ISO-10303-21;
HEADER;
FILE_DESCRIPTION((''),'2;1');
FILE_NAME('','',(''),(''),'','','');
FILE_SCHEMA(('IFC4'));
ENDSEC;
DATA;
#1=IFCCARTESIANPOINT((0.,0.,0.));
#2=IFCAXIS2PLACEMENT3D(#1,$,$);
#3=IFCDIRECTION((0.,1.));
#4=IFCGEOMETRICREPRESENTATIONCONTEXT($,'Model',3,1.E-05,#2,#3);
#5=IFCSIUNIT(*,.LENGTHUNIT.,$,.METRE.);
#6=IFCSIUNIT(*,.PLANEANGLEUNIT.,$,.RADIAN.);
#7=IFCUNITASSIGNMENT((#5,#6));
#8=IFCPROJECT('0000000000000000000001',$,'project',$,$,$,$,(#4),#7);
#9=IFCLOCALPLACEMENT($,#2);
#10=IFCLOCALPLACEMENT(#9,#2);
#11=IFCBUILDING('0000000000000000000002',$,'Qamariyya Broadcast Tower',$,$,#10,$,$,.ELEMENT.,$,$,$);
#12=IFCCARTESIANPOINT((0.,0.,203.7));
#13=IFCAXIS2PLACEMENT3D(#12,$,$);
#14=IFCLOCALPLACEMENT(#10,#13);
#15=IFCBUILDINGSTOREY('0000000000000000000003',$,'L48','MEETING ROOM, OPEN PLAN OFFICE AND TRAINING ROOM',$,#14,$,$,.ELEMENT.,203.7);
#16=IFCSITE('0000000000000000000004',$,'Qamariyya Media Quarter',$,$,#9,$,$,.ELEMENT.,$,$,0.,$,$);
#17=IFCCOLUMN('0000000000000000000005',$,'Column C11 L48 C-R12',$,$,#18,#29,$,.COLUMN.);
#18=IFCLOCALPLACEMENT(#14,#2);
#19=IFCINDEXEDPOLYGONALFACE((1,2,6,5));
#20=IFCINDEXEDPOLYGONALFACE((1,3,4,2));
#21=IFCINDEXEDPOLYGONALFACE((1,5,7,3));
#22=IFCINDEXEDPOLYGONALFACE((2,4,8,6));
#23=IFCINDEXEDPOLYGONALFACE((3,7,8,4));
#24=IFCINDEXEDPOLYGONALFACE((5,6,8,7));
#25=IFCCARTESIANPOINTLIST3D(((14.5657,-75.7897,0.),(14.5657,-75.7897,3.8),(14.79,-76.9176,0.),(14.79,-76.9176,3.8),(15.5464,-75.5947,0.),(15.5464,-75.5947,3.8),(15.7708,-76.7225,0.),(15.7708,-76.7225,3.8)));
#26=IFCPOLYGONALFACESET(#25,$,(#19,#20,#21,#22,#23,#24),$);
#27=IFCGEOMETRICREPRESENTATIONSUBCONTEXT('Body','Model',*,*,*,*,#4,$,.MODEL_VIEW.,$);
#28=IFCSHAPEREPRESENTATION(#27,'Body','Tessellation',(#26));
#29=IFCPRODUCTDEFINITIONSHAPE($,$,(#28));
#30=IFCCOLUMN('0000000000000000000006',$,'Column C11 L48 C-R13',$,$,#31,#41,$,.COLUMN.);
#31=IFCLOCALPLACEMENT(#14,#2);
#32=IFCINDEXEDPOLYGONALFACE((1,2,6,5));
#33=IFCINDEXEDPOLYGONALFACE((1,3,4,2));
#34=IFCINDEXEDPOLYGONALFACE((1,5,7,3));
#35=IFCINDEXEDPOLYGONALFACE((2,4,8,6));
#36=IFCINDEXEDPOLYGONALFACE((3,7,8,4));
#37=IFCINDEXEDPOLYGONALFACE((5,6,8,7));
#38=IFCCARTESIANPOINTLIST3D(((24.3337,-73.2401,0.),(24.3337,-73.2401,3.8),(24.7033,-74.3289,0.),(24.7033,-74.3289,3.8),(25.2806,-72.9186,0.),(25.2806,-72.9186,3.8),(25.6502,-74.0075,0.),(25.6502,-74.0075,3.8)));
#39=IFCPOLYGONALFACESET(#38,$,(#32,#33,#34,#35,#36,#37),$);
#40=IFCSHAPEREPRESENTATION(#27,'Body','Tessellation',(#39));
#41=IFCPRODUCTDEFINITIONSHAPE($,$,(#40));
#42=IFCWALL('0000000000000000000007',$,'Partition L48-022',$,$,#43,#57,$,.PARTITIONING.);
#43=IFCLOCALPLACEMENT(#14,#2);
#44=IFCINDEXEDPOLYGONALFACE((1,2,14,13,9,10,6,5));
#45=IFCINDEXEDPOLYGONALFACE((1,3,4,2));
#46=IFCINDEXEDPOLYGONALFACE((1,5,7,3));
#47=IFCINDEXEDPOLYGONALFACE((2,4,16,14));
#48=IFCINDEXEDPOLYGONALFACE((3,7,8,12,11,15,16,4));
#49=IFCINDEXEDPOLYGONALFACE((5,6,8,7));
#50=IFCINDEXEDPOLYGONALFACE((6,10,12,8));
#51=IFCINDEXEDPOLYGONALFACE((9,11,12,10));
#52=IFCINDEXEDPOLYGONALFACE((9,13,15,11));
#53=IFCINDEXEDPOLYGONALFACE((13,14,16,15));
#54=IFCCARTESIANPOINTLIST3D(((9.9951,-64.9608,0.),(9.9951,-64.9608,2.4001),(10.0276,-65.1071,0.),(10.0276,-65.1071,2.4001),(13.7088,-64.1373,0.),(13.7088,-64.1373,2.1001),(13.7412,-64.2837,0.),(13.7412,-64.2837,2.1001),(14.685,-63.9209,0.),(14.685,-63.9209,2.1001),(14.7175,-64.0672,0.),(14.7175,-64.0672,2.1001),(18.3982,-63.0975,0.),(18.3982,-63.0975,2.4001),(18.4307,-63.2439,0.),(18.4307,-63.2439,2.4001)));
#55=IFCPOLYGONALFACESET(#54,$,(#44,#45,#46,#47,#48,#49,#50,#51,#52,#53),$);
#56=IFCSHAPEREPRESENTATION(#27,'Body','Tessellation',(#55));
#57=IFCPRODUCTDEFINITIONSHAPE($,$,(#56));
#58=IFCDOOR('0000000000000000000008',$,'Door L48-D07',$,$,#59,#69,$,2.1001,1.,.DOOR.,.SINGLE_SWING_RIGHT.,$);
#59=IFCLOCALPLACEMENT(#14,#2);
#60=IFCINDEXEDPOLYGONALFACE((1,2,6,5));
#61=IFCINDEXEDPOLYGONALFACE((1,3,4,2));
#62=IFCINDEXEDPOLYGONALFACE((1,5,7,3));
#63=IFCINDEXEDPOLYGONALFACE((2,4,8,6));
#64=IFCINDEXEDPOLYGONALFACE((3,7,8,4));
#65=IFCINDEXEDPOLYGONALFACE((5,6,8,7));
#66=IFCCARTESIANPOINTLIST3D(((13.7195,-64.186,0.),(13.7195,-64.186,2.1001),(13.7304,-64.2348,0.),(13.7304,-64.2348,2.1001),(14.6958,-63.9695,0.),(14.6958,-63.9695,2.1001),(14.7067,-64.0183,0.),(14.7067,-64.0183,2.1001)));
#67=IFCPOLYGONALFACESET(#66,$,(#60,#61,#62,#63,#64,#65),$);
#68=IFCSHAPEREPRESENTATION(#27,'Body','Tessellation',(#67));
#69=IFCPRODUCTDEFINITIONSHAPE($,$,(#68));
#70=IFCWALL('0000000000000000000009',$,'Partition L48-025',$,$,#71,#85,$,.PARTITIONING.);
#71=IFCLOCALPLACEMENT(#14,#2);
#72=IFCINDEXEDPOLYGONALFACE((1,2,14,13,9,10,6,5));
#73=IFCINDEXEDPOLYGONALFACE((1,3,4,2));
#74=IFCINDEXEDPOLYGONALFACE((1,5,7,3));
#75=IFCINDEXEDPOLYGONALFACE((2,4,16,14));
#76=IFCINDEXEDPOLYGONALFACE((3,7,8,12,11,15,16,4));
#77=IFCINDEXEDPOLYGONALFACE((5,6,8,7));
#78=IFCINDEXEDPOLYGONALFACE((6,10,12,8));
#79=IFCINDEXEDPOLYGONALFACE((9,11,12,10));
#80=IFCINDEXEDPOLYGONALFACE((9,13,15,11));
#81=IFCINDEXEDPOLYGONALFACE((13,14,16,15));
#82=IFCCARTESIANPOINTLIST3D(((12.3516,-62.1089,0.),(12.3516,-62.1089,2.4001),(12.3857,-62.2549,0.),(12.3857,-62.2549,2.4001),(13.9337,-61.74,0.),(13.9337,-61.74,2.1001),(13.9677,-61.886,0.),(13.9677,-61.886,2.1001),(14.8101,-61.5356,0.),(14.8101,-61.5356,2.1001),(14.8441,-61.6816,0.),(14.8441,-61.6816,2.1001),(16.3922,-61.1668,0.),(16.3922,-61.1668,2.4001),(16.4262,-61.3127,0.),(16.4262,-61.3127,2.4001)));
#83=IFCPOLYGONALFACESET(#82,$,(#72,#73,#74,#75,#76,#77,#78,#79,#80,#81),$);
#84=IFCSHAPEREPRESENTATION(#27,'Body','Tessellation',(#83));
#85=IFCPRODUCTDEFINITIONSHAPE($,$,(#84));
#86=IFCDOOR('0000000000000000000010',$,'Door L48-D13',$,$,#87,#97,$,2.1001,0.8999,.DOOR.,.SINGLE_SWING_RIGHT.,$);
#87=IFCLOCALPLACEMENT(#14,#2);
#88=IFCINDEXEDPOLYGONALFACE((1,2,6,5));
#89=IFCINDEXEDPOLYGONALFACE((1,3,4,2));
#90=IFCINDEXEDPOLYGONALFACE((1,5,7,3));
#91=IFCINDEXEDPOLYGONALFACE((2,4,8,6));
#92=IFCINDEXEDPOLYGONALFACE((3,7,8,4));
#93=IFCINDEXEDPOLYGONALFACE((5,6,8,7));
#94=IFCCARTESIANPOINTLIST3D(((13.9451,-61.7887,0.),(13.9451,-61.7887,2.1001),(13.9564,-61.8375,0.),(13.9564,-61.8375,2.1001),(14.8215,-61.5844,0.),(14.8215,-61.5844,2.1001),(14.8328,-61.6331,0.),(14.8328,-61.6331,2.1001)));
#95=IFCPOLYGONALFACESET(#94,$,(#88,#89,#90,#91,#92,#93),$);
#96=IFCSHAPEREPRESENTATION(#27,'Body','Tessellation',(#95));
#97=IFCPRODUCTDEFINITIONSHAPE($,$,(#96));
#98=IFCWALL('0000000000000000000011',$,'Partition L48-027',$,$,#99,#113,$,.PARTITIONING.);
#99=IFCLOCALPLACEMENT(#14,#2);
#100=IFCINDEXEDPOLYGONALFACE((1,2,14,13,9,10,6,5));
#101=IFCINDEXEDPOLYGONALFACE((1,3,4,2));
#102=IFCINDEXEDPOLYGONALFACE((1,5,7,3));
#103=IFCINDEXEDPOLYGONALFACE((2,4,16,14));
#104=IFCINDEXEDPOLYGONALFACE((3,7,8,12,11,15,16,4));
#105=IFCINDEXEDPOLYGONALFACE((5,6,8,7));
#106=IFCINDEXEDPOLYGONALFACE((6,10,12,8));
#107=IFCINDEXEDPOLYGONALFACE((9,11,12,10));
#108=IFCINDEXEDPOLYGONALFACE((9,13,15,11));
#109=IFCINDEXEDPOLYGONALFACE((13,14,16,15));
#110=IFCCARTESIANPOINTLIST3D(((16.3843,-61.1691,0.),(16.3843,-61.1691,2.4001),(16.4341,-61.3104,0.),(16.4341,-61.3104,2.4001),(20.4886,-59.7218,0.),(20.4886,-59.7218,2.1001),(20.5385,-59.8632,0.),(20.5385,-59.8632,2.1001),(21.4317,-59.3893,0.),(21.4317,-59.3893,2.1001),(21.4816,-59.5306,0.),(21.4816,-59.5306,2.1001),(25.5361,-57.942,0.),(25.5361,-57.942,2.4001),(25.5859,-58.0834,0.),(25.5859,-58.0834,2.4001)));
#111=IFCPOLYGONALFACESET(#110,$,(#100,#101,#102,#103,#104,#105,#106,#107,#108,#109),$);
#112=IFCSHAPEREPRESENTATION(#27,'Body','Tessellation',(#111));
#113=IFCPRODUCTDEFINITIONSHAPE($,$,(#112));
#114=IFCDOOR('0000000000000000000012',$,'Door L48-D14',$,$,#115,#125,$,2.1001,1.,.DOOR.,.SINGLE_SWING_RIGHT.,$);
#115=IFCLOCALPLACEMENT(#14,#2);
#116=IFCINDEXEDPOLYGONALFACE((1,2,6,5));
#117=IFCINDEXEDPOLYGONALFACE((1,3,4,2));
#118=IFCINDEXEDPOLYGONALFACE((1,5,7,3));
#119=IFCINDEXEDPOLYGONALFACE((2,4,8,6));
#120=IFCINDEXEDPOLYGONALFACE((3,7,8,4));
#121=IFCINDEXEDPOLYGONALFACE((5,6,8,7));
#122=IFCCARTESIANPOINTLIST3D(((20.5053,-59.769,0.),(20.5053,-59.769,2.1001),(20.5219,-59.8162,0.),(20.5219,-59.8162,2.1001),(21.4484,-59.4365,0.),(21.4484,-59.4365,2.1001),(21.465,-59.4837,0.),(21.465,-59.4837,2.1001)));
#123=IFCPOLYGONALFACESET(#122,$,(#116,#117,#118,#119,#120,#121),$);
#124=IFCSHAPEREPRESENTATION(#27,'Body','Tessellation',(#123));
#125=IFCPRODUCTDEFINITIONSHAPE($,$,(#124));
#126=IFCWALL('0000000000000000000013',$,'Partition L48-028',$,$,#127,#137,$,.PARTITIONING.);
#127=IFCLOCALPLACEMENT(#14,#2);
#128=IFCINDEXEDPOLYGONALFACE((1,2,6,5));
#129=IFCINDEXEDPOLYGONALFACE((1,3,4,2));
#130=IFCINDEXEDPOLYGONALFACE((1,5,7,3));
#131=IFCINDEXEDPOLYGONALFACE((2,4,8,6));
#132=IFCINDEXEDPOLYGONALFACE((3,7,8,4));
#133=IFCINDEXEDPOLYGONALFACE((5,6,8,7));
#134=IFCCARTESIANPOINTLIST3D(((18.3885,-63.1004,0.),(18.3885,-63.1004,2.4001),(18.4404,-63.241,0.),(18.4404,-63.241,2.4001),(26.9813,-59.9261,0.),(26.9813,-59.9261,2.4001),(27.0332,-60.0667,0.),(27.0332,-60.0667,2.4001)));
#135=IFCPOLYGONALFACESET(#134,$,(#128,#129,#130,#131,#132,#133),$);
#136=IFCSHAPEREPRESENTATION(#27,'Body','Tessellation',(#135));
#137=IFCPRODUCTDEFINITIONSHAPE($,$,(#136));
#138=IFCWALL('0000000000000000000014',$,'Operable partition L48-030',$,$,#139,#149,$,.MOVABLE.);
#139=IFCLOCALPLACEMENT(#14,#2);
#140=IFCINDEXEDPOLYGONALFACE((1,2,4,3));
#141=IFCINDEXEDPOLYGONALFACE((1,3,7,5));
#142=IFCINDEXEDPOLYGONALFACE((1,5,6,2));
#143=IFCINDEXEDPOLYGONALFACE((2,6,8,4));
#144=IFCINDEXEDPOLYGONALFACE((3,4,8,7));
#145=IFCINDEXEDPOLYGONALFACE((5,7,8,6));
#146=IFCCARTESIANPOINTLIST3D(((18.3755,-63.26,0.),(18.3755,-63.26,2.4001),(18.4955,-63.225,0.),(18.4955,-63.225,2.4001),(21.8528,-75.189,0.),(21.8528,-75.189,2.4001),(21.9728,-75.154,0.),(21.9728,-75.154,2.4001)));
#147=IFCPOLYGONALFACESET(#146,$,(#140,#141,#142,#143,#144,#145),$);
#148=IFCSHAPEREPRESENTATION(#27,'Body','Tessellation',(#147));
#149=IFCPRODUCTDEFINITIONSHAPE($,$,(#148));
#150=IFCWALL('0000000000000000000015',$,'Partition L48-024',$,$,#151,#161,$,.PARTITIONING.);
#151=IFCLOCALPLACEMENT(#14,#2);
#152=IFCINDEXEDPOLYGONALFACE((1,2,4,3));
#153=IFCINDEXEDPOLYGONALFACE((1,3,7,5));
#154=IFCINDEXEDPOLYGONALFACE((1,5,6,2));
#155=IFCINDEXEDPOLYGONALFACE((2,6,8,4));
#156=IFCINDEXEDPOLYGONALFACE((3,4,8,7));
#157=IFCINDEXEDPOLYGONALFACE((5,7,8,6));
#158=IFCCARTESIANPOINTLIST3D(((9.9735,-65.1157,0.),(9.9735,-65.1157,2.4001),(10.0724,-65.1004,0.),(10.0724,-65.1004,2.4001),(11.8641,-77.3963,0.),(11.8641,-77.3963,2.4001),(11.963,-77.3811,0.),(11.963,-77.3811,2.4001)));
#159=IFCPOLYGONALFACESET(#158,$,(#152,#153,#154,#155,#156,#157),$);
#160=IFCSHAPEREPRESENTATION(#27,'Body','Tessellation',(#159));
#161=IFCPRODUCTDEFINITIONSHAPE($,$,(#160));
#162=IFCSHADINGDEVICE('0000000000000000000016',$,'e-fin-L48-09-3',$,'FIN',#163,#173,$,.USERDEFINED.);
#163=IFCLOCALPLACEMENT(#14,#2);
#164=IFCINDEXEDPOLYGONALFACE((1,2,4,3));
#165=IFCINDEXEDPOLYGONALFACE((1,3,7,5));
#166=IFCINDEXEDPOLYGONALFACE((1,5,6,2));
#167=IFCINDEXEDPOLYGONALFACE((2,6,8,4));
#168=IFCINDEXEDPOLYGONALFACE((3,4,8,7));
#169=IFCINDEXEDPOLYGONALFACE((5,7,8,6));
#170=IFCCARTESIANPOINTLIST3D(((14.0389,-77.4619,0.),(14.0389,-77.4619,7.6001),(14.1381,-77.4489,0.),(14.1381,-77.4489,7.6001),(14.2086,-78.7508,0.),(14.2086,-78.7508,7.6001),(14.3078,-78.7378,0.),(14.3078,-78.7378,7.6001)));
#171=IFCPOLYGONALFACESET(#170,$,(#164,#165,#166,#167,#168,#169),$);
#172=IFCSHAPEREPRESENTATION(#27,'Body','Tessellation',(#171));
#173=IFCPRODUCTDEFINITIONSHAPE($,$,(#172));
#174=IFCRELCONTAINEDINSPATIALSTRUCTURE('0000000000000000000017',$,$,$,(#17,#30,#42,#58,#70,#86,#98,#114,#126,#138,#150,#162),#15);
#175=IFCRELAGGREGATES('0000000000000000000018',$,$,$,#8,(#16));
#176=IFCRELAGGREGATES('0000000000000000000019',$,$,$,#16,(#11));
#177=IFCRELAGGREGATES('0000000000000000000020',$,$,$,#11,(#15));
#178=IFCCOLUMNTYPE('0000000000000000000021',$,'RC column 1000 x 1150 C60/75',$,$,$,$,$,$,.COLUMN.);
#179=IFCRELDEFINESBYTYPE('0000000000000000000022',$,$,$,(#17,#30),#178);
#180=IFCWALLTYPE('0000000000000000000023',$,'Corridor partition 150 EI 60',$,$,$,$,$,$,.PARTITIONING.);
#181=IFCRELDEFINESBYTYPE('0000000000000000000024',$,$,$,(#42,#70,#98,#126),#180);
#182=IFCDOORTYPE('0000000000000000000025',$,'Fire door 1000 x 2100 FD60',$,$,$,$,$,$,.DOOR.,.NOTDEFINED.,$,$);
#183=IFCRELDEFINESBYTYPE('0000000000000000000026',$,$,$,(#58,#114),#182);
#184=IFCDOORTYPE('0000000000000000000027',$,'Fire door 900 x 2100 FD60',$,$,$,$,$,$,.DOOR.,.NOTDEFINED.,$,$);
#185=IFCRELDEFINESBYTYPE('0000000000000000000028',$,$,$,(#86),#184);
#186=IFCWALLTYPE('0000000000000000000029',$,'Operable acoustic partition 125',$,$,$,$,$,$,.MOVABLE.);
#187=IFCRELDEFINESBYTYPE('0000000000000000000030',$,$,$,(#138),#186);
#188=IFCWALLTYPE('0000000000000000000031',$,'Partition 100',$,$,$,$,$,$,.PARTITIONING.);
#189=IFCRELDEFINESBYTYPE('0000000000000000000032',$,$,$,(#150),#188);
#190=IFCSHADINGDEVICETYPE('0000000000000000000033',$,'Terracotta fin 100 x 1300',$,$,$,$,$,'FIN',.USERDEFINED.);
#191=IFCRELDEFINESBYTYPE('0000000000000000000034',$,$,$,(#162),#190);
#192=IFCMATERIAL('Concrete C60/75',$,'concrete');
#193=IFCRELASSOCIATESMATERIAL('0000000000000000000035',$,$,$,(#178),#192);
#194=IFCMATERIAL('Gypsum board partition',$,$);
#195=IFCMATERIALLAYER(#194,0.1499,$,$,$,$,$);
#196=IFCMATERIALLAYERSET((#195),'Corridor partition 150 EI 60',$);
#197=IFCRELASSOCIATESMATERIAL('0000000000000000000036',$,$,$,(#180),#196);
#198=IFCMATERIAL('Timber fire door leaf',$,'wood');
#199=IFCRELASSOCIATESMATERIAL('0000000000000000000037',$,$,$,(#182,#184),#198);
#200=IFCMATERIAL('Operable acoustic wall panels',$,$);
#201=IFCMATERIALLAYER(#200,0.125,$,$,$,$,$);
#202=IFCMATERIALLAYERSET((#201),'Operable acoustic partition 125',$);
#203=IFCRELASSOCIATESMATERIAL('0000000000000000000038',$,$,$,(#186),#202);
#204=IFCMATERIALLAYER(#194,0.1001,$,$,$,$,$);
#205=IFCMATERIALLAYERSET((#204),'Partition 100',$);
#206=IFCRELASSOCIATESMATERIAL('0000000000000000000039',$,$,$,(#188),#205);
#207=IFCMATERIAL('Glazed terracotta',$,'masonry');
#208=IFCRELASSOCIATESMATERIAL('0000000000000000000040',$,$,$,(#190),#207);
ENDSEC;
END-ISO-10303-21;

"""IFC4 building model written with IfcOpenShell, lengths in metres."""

from ifc_helpers import new_model, si_unit, direction, frame, frame_2d, origin, origin_2d, place, context, subcontext, project, spatial, rectangle, extrude, material, layer, layer_set, material_profile, profile_set, type_object, element, fill, save


model = new_model("IFC4")

# Units and contexts
model_context = context("Model", 3, precision=1e-05, world=origin(), true_north=direction((0.0, 1.0)))
body_context = subcontext(model_context, "Body", "Model", "MODEL_VIEW")
ifc_project = project(units=[si_unit("LENGTHUNIT", "METRE"), si_unit("PLANEANGLEUNIT", "RADIAN")], contexts=[model_context])

# Site, building, storey
site_placement = place(None, origin())
site = spatial("IfcSite", under=ifc_project, at=site_placement, Name="Qamariyya Media Quarter", CompositionType="ELEMENT", RefElevation=0.0)
building_placement = place(site_placement, origin())
building = spatial("IfcBuilding", under=site, at=building_placement, Name="Qamariyya Broadcast Tower", CompositionType="ELEMENT")
storey_placement = place(building_placement, frame((0.0, 0.0, 203.7)))
storey = spatial("IfcBuildingStorey", under=building, at=storey_placement, Name="L48", Description="MEETING ROOM, OPEN PLAN OFFICE AND TRAINING ROOM", CompositionType="ELEMENT", Elevation=203.7)

# Columns
ifc_material_1 = material(Name="Concrete C60/75", Category="concrete")
ifc_material_profile_1 = material_profile(ifc_material_1, rectangle(XDim=1.0, YDim=1.1499, at=origin_2d()))
ifc_profile_set_1 = profile_set([ifc_material_profile_1], Name="Concrete C60/75")
column_type = type_object("IfcColumnType", Name="RC column 1000 x 1150 C60/75", PredefinedType="COLUMN", material=ifc_profile_set_1)
for number, where, z_axis, x_axis, name in (
    (1, (15.1682, -76.2561, 0.0), (0.0, 0.0, 1.0), (0.980785, 0.19509, 0.0), "Column C11 L48 C-R12"),
    (2, (24.9919, -73.6238, 0.0), (0.0, 0.0, 1.0), (0.94693, 0.321439, 0.0), "Column C11 L48 C-R13"),
):
    element("IfcColumn", number, at=place(storey_placement, frame(where, z_axis=z_axis, x_axis=x_axis)), inside=storey, type_object=column_type, Name=name, PredefinedType="COLUMN", context=body_context, shape_type="SweptSolid", body=[
        extrude(rectangle(XDim=1.0, YDim=1.1499, at=origin_2d()), origin(), (0.0, 0.0, 1.0), 3.8),
    ])

# Walls, openings, doors
ifc_material_2 = material(Name="Gypsum board partition")
ifc_layer_1 = layer(ifc_material_2, 0.1499)
ifc_layer_set_1 = layer_set([ifc_layer_1], Name="Corridor partition 150 EI 60")
wall_type_1 = type_object("IfcWallType", Name="Corridor partition 150 EI 60", PredefinedType="PARTITIONING", material=ifc_layer_set_1)
wall_1_placement = place(storey_placement, frame((18.4146, -63.1707, 0.0), z_axis=(0.0, 0.0, 1.0), x_axis=(-0.976287, -0.21648, 0.0)))
wall_1 = element("IfcWall", 3, at=wall_1_placement, inside=storey, type_object=wall_type_1, Name="Partition L48-022", PredefinedType="PARTITIONING", context=body_context, shape_type="SweptSolid", body=[
    extrude(rectangle(XDim=8.6072, YDim=0.1499, at=frame_2d((4.3037, 0.0))), origin(), (0.0, 0.0, 1.0), 2.4001),
])
opening_1_placement = place(wall_1_placement, frame((3.8035, 0.0, 0.0)))
opening_1 = element("IfcOpeningElement", 4, at=opening_1_placement, cuts=wall_1, PredefinedType="OPENING", context=body_context, shape_type="SweptSolid", body=[
    extrude(rectangle(XDim=1.0, YDim=2.1001, at=frame_2d((0.5, 1.05))), frame((0.0, 0.085, 0.0), z_axis=(0.0, -1.0, 0.0), x_axis=(1.0, 0.0, 0.0)), (0.0, 0.0, 1.0), 0.1699),
])
ifc_material_3 = material(Name="Timber fire door leaf", Category="wood")
door_type_1 = type_object("IfcDoorType", Name="Fire door 1000 x 2100 FD60", OperationType="NOTDEFINED", PredefinedType="DOOR", material=ifc_material_3)
door_1_placement = place(opening_1_placement, origin())
door_1 = element("IfcDoor", 5, at=door_1_placement, inside=storey, type_object=door_type_1, Name="Door L48-D07", OperationType="SINGLE_SWING_RIGHT", OverallHeight=2.1001, OverallWidth=1.0, PredefinedType="DOOR", context=body_context, shape_type="SweptSolid", body=[
    extrude(rectangle(XDim=1.0, YDim=2.1001, at=frame_2d((0.5, 1.05))), frame((0.0, 0.0249, 0.0), z_axis=(0.0, -1.0, 0.0), x_axis=(1.0, 0.0, 0.0)), (0.0, 0.0, 1.0), 0.05),
])
fill(opening_1, door_1)
wall_2_placement = place(storey_placement, frame((12.3687, -62.1819, 0.0), z_axis=(0.0, 0.0, 1.0), x_axis=(0.973876, 0.227081, 0.0)))
wall_2 = element("IfcWall", 6, at=wall_2_placement, inside=storey, type_object=wall_type_1, Name="Partition L48-025", PredefinedType="PARTITIONING", context=body_context, shape_type="SweptSolid", body=[
    extrude(rectangle(XDim=4.1489, YDim=0.1499, at=frame_2d((2.0745, 0.0))), origin(), (0.0, 0.0, 1.0), 2.4001),
])
opening_2_placement = place(wall_2_placement, frame((1.6245, 0.0, 0.0)))
opening_2 = element("IfcOpeningElement", 7, at=opening_2_placement, cuts=wall_2, PredefinedType="OPENING", context=body_context, shape_type="SweptSolid", body=[
    extrude(rectangle(XDim=0.8999, YDim=2.1001, at=frame_2d((0.45, 1.05))), frame((0.0, 0.085, 0.0), z_axis=(0.0, -1.0, 0.0), x_axis=(1.0, 0.0, 0.0)), (0.0, 0.0, 1.0), 0.1699),
])
door_type_2 = type_object("IfcDoorType", Name="Fire door 900 x 2100 FD60", OperationType="NOTDEFINED", PredefinedType="DOOR", material=ifc_material_3)
door_2_placement = place(opening_2_placement, origin())
door_2 = element("IfcDoor", 8, at=door_2_placement, inside=storey, type_object=door_type_2, Name="Door L48-D13", OperationType="SINGLE_SWING_RIGHT", OverallHeight=2.1001, OverallWidth=0.8999, PredefinedType="DOOR", context=body_context, shape_type="SweptSolid", body=[
    extrude(rectangle(XDim=0.8999, YDim=2.1001, at=frame_2d((0.45, 1.05))), frame((0.0, 0.0249, 0.0), z_axis=(0.0, -1.0, 0.0), x_axis=(1.0, 0.0, 0.0)), (0.0, 0.0, 1.0), 0.05),
])
fill(opening_2, door_2)
wall_3_placement = place(storey_placement, frame((16.4092, -61.2397, 0.0), z_axis=(0.0, 0.0, 1.0), x_axis=(0.943088, 0.332544, 0.0)))
wall_3 = element("IfcWall", 9, at=wall_3_placement, inside=storey, type_object=wall_type_1, Name="Partition L48-027", PredefinedType="PARTITIONING", context=body_context, shape_type="SweptSolid", body=[
    extrude(rectangle(XDim=9.7041, YDim=0.1499, at=frame_2d((4.8521, 0.0))), origin(), (0.0, 0.0, 1.0), 2.4001),
])
opening_3_placement = place(wall_3_placement, frame((4.3521, 0.0, 0.0)))
opening_3 = element("IfcOpeningElement", 10, at=opening_3_placement, cuts=wall_3, PredefinedType="OPENING", context=body_context, shape_type="SweptSolid", body=[
    extrude(rectangle(XDim=1.0, YDim=2.1001, at=frame_2d((0.5, 1.05))), frame((0.0, 0.085, 0.0), z_axis=(0.0, -1.0, 0.0), x_axis=(1.0, 0.0, 0.0)), (0.0, 0.0, 1.0), 0.1699),
])
door_3_placement = place(opening_3_placement, origin())
door_3 = element("IfcDoor", 11, at=door_3_placement, inside=storey, type_object=door_type_1, Name="Door L48-D14", OperationType="SINGLE_SWING_RIGHT", OverallHeight=2.1001, OverallWidth=1.0, PredefinedType="DOOR", context=body_context, shape_type="SweptSolid", body=[
    extrude(rectangle(XDim=1.0, YDim=2.1001, at=frame_2d((0.5, 1.05))), frame((0.0, 0.0249, 0.0), z_axis=(0.0, -1.0, 0.0), x_axis=(1.0, 0.0, 0.0)), (0.0, 0.0, 1.0), 0.05),
])
fill(opening_3, door_3)

# Walls
wall_4_placement = place(storey_placement, frame((18.4146, -63.1707, 0.0), z_axis=(0.0, 0.0, 1.0), x_axis=(0.93804, 0.346528, 0.0)))
element("IfcWall", 12, at=wall_4_placement, inside=storey, type_object=wall_type_1, Name="Partition L48-028", PredefinedType="PARTITIONING", context=body_context, shape_type="SweptSolid", body=[
    extrude(rectangle(XDim=9.1604, YDim=0.1499, at=frame_2d((4.5801, 0.0))), origin(), (0.0, 0.0, 1.0), 2.4001),
])
ifc_material_4 = material(Name="Operable acoustic wall panels")
ifc_layer_2 = layer(ifc_material_4, 0.125)
ifc_layer_set_2 = layer_set([ifc_layer_2], Name="Operable acoustic partition 125")
wall_type_2 = type_object("IfcWallType", Name="Operable acoustic partition 125", PredefinedType="MOVABLE", material=ifc_layer_set_2)
wall_5_placement = place(storey_placement, frame((21.9128, -75.1716, 0.0), z_axis=(0.0, 0.0, 1.0), x_axis=(-0.279853, 0.960043, 0.0)))
element("IfcWall", 13, at=wall_5_placement, inside=storey, type_object=wall_type_2, Name="Operable partition L48-030", PredefinedType="MOVABLE", context=body_context, shape_type="SweptSolid", body=[
    extrude(rectangle(XDim=12.4255, YDim=0.125, at=frame_2d((6.2129, 0.0))), origin(), (0.0, 0.0, 1.0), 2.4001),
])
ifc_layer_3 = layer(ifc_material_2, 0.1001)
ifc_layer_set_3 = layer_set([ifc_layer_3], Name="Partition 100")
wall_type_3 = type_object("IfcWallType", Name="Partition 100", PredefinedType="PARTITIONING", material=ifc_layer_set_3)
wall_6_placement = place(storey_placement, frame((11.9136, -77.3887, 0.0), z_axis=(0.0, 0.0, 1.0), x_axis=(-0.152161, 0.988356, 0.0)))
element("IfcWall", 14, at=wall_6_placement, inside=storey, type_object=wall_type_3, Name="Partition L48-024", PredefinedType="PARTITIONING", context=body_context, shape_type="SweptSolid", body=[
    extrude(rectangle(XDim=12.4253, YDim=0.1001, at=frame_2d((6.2126, 0.0))), origin(), (0.0, 0.0, 1.0), 2.4001),
])

# Shading device
ifc_material_5 = material(Name="Glazed terracotta", Category="masonry")
ifc_material_profile_2 = material_profile(ifc_material_5, rectangle(XDim=1.3, YDim=0.1001, at=origin_2d()))
ifc_profile_set_2 = profile_set([ifc_material_profile_2], Name="Glazed terracotta")
shading_device_type_1 = type_object("IfcShadingDeviceType", Name="Terracotta fin 100 x 1300", ElementType="FIN", PredefinedType="USERDEFINED", material=ifc_profile_set_2)
for number, where, z_axis, x_axis, name in (
    (15, (14.1733, -78.0999, 0.0), (0.0, 0.0, 1.0), (0.130526, -0.991445, 0.0), "e-fin-L48-09-3"),
):
    element("IfcShadingDevice", number, at=place(storey_placement, frame(where, z_axis=z_axis, x_axis=x_axis)), inside=storey, type_object=shading_device_type_1, Name=name, ObjectType="FIN", PredefinedType="USERDEFINED", context=body_context, shape_type="SweptSolid", body=[
        extrude(rectangle(XDim=1.3, YDim=0.1001, at=origin_2d()), origin(), (0.0, 0.0, 1.0), 7.6001),
    ])

save(model, "model.ifc")
